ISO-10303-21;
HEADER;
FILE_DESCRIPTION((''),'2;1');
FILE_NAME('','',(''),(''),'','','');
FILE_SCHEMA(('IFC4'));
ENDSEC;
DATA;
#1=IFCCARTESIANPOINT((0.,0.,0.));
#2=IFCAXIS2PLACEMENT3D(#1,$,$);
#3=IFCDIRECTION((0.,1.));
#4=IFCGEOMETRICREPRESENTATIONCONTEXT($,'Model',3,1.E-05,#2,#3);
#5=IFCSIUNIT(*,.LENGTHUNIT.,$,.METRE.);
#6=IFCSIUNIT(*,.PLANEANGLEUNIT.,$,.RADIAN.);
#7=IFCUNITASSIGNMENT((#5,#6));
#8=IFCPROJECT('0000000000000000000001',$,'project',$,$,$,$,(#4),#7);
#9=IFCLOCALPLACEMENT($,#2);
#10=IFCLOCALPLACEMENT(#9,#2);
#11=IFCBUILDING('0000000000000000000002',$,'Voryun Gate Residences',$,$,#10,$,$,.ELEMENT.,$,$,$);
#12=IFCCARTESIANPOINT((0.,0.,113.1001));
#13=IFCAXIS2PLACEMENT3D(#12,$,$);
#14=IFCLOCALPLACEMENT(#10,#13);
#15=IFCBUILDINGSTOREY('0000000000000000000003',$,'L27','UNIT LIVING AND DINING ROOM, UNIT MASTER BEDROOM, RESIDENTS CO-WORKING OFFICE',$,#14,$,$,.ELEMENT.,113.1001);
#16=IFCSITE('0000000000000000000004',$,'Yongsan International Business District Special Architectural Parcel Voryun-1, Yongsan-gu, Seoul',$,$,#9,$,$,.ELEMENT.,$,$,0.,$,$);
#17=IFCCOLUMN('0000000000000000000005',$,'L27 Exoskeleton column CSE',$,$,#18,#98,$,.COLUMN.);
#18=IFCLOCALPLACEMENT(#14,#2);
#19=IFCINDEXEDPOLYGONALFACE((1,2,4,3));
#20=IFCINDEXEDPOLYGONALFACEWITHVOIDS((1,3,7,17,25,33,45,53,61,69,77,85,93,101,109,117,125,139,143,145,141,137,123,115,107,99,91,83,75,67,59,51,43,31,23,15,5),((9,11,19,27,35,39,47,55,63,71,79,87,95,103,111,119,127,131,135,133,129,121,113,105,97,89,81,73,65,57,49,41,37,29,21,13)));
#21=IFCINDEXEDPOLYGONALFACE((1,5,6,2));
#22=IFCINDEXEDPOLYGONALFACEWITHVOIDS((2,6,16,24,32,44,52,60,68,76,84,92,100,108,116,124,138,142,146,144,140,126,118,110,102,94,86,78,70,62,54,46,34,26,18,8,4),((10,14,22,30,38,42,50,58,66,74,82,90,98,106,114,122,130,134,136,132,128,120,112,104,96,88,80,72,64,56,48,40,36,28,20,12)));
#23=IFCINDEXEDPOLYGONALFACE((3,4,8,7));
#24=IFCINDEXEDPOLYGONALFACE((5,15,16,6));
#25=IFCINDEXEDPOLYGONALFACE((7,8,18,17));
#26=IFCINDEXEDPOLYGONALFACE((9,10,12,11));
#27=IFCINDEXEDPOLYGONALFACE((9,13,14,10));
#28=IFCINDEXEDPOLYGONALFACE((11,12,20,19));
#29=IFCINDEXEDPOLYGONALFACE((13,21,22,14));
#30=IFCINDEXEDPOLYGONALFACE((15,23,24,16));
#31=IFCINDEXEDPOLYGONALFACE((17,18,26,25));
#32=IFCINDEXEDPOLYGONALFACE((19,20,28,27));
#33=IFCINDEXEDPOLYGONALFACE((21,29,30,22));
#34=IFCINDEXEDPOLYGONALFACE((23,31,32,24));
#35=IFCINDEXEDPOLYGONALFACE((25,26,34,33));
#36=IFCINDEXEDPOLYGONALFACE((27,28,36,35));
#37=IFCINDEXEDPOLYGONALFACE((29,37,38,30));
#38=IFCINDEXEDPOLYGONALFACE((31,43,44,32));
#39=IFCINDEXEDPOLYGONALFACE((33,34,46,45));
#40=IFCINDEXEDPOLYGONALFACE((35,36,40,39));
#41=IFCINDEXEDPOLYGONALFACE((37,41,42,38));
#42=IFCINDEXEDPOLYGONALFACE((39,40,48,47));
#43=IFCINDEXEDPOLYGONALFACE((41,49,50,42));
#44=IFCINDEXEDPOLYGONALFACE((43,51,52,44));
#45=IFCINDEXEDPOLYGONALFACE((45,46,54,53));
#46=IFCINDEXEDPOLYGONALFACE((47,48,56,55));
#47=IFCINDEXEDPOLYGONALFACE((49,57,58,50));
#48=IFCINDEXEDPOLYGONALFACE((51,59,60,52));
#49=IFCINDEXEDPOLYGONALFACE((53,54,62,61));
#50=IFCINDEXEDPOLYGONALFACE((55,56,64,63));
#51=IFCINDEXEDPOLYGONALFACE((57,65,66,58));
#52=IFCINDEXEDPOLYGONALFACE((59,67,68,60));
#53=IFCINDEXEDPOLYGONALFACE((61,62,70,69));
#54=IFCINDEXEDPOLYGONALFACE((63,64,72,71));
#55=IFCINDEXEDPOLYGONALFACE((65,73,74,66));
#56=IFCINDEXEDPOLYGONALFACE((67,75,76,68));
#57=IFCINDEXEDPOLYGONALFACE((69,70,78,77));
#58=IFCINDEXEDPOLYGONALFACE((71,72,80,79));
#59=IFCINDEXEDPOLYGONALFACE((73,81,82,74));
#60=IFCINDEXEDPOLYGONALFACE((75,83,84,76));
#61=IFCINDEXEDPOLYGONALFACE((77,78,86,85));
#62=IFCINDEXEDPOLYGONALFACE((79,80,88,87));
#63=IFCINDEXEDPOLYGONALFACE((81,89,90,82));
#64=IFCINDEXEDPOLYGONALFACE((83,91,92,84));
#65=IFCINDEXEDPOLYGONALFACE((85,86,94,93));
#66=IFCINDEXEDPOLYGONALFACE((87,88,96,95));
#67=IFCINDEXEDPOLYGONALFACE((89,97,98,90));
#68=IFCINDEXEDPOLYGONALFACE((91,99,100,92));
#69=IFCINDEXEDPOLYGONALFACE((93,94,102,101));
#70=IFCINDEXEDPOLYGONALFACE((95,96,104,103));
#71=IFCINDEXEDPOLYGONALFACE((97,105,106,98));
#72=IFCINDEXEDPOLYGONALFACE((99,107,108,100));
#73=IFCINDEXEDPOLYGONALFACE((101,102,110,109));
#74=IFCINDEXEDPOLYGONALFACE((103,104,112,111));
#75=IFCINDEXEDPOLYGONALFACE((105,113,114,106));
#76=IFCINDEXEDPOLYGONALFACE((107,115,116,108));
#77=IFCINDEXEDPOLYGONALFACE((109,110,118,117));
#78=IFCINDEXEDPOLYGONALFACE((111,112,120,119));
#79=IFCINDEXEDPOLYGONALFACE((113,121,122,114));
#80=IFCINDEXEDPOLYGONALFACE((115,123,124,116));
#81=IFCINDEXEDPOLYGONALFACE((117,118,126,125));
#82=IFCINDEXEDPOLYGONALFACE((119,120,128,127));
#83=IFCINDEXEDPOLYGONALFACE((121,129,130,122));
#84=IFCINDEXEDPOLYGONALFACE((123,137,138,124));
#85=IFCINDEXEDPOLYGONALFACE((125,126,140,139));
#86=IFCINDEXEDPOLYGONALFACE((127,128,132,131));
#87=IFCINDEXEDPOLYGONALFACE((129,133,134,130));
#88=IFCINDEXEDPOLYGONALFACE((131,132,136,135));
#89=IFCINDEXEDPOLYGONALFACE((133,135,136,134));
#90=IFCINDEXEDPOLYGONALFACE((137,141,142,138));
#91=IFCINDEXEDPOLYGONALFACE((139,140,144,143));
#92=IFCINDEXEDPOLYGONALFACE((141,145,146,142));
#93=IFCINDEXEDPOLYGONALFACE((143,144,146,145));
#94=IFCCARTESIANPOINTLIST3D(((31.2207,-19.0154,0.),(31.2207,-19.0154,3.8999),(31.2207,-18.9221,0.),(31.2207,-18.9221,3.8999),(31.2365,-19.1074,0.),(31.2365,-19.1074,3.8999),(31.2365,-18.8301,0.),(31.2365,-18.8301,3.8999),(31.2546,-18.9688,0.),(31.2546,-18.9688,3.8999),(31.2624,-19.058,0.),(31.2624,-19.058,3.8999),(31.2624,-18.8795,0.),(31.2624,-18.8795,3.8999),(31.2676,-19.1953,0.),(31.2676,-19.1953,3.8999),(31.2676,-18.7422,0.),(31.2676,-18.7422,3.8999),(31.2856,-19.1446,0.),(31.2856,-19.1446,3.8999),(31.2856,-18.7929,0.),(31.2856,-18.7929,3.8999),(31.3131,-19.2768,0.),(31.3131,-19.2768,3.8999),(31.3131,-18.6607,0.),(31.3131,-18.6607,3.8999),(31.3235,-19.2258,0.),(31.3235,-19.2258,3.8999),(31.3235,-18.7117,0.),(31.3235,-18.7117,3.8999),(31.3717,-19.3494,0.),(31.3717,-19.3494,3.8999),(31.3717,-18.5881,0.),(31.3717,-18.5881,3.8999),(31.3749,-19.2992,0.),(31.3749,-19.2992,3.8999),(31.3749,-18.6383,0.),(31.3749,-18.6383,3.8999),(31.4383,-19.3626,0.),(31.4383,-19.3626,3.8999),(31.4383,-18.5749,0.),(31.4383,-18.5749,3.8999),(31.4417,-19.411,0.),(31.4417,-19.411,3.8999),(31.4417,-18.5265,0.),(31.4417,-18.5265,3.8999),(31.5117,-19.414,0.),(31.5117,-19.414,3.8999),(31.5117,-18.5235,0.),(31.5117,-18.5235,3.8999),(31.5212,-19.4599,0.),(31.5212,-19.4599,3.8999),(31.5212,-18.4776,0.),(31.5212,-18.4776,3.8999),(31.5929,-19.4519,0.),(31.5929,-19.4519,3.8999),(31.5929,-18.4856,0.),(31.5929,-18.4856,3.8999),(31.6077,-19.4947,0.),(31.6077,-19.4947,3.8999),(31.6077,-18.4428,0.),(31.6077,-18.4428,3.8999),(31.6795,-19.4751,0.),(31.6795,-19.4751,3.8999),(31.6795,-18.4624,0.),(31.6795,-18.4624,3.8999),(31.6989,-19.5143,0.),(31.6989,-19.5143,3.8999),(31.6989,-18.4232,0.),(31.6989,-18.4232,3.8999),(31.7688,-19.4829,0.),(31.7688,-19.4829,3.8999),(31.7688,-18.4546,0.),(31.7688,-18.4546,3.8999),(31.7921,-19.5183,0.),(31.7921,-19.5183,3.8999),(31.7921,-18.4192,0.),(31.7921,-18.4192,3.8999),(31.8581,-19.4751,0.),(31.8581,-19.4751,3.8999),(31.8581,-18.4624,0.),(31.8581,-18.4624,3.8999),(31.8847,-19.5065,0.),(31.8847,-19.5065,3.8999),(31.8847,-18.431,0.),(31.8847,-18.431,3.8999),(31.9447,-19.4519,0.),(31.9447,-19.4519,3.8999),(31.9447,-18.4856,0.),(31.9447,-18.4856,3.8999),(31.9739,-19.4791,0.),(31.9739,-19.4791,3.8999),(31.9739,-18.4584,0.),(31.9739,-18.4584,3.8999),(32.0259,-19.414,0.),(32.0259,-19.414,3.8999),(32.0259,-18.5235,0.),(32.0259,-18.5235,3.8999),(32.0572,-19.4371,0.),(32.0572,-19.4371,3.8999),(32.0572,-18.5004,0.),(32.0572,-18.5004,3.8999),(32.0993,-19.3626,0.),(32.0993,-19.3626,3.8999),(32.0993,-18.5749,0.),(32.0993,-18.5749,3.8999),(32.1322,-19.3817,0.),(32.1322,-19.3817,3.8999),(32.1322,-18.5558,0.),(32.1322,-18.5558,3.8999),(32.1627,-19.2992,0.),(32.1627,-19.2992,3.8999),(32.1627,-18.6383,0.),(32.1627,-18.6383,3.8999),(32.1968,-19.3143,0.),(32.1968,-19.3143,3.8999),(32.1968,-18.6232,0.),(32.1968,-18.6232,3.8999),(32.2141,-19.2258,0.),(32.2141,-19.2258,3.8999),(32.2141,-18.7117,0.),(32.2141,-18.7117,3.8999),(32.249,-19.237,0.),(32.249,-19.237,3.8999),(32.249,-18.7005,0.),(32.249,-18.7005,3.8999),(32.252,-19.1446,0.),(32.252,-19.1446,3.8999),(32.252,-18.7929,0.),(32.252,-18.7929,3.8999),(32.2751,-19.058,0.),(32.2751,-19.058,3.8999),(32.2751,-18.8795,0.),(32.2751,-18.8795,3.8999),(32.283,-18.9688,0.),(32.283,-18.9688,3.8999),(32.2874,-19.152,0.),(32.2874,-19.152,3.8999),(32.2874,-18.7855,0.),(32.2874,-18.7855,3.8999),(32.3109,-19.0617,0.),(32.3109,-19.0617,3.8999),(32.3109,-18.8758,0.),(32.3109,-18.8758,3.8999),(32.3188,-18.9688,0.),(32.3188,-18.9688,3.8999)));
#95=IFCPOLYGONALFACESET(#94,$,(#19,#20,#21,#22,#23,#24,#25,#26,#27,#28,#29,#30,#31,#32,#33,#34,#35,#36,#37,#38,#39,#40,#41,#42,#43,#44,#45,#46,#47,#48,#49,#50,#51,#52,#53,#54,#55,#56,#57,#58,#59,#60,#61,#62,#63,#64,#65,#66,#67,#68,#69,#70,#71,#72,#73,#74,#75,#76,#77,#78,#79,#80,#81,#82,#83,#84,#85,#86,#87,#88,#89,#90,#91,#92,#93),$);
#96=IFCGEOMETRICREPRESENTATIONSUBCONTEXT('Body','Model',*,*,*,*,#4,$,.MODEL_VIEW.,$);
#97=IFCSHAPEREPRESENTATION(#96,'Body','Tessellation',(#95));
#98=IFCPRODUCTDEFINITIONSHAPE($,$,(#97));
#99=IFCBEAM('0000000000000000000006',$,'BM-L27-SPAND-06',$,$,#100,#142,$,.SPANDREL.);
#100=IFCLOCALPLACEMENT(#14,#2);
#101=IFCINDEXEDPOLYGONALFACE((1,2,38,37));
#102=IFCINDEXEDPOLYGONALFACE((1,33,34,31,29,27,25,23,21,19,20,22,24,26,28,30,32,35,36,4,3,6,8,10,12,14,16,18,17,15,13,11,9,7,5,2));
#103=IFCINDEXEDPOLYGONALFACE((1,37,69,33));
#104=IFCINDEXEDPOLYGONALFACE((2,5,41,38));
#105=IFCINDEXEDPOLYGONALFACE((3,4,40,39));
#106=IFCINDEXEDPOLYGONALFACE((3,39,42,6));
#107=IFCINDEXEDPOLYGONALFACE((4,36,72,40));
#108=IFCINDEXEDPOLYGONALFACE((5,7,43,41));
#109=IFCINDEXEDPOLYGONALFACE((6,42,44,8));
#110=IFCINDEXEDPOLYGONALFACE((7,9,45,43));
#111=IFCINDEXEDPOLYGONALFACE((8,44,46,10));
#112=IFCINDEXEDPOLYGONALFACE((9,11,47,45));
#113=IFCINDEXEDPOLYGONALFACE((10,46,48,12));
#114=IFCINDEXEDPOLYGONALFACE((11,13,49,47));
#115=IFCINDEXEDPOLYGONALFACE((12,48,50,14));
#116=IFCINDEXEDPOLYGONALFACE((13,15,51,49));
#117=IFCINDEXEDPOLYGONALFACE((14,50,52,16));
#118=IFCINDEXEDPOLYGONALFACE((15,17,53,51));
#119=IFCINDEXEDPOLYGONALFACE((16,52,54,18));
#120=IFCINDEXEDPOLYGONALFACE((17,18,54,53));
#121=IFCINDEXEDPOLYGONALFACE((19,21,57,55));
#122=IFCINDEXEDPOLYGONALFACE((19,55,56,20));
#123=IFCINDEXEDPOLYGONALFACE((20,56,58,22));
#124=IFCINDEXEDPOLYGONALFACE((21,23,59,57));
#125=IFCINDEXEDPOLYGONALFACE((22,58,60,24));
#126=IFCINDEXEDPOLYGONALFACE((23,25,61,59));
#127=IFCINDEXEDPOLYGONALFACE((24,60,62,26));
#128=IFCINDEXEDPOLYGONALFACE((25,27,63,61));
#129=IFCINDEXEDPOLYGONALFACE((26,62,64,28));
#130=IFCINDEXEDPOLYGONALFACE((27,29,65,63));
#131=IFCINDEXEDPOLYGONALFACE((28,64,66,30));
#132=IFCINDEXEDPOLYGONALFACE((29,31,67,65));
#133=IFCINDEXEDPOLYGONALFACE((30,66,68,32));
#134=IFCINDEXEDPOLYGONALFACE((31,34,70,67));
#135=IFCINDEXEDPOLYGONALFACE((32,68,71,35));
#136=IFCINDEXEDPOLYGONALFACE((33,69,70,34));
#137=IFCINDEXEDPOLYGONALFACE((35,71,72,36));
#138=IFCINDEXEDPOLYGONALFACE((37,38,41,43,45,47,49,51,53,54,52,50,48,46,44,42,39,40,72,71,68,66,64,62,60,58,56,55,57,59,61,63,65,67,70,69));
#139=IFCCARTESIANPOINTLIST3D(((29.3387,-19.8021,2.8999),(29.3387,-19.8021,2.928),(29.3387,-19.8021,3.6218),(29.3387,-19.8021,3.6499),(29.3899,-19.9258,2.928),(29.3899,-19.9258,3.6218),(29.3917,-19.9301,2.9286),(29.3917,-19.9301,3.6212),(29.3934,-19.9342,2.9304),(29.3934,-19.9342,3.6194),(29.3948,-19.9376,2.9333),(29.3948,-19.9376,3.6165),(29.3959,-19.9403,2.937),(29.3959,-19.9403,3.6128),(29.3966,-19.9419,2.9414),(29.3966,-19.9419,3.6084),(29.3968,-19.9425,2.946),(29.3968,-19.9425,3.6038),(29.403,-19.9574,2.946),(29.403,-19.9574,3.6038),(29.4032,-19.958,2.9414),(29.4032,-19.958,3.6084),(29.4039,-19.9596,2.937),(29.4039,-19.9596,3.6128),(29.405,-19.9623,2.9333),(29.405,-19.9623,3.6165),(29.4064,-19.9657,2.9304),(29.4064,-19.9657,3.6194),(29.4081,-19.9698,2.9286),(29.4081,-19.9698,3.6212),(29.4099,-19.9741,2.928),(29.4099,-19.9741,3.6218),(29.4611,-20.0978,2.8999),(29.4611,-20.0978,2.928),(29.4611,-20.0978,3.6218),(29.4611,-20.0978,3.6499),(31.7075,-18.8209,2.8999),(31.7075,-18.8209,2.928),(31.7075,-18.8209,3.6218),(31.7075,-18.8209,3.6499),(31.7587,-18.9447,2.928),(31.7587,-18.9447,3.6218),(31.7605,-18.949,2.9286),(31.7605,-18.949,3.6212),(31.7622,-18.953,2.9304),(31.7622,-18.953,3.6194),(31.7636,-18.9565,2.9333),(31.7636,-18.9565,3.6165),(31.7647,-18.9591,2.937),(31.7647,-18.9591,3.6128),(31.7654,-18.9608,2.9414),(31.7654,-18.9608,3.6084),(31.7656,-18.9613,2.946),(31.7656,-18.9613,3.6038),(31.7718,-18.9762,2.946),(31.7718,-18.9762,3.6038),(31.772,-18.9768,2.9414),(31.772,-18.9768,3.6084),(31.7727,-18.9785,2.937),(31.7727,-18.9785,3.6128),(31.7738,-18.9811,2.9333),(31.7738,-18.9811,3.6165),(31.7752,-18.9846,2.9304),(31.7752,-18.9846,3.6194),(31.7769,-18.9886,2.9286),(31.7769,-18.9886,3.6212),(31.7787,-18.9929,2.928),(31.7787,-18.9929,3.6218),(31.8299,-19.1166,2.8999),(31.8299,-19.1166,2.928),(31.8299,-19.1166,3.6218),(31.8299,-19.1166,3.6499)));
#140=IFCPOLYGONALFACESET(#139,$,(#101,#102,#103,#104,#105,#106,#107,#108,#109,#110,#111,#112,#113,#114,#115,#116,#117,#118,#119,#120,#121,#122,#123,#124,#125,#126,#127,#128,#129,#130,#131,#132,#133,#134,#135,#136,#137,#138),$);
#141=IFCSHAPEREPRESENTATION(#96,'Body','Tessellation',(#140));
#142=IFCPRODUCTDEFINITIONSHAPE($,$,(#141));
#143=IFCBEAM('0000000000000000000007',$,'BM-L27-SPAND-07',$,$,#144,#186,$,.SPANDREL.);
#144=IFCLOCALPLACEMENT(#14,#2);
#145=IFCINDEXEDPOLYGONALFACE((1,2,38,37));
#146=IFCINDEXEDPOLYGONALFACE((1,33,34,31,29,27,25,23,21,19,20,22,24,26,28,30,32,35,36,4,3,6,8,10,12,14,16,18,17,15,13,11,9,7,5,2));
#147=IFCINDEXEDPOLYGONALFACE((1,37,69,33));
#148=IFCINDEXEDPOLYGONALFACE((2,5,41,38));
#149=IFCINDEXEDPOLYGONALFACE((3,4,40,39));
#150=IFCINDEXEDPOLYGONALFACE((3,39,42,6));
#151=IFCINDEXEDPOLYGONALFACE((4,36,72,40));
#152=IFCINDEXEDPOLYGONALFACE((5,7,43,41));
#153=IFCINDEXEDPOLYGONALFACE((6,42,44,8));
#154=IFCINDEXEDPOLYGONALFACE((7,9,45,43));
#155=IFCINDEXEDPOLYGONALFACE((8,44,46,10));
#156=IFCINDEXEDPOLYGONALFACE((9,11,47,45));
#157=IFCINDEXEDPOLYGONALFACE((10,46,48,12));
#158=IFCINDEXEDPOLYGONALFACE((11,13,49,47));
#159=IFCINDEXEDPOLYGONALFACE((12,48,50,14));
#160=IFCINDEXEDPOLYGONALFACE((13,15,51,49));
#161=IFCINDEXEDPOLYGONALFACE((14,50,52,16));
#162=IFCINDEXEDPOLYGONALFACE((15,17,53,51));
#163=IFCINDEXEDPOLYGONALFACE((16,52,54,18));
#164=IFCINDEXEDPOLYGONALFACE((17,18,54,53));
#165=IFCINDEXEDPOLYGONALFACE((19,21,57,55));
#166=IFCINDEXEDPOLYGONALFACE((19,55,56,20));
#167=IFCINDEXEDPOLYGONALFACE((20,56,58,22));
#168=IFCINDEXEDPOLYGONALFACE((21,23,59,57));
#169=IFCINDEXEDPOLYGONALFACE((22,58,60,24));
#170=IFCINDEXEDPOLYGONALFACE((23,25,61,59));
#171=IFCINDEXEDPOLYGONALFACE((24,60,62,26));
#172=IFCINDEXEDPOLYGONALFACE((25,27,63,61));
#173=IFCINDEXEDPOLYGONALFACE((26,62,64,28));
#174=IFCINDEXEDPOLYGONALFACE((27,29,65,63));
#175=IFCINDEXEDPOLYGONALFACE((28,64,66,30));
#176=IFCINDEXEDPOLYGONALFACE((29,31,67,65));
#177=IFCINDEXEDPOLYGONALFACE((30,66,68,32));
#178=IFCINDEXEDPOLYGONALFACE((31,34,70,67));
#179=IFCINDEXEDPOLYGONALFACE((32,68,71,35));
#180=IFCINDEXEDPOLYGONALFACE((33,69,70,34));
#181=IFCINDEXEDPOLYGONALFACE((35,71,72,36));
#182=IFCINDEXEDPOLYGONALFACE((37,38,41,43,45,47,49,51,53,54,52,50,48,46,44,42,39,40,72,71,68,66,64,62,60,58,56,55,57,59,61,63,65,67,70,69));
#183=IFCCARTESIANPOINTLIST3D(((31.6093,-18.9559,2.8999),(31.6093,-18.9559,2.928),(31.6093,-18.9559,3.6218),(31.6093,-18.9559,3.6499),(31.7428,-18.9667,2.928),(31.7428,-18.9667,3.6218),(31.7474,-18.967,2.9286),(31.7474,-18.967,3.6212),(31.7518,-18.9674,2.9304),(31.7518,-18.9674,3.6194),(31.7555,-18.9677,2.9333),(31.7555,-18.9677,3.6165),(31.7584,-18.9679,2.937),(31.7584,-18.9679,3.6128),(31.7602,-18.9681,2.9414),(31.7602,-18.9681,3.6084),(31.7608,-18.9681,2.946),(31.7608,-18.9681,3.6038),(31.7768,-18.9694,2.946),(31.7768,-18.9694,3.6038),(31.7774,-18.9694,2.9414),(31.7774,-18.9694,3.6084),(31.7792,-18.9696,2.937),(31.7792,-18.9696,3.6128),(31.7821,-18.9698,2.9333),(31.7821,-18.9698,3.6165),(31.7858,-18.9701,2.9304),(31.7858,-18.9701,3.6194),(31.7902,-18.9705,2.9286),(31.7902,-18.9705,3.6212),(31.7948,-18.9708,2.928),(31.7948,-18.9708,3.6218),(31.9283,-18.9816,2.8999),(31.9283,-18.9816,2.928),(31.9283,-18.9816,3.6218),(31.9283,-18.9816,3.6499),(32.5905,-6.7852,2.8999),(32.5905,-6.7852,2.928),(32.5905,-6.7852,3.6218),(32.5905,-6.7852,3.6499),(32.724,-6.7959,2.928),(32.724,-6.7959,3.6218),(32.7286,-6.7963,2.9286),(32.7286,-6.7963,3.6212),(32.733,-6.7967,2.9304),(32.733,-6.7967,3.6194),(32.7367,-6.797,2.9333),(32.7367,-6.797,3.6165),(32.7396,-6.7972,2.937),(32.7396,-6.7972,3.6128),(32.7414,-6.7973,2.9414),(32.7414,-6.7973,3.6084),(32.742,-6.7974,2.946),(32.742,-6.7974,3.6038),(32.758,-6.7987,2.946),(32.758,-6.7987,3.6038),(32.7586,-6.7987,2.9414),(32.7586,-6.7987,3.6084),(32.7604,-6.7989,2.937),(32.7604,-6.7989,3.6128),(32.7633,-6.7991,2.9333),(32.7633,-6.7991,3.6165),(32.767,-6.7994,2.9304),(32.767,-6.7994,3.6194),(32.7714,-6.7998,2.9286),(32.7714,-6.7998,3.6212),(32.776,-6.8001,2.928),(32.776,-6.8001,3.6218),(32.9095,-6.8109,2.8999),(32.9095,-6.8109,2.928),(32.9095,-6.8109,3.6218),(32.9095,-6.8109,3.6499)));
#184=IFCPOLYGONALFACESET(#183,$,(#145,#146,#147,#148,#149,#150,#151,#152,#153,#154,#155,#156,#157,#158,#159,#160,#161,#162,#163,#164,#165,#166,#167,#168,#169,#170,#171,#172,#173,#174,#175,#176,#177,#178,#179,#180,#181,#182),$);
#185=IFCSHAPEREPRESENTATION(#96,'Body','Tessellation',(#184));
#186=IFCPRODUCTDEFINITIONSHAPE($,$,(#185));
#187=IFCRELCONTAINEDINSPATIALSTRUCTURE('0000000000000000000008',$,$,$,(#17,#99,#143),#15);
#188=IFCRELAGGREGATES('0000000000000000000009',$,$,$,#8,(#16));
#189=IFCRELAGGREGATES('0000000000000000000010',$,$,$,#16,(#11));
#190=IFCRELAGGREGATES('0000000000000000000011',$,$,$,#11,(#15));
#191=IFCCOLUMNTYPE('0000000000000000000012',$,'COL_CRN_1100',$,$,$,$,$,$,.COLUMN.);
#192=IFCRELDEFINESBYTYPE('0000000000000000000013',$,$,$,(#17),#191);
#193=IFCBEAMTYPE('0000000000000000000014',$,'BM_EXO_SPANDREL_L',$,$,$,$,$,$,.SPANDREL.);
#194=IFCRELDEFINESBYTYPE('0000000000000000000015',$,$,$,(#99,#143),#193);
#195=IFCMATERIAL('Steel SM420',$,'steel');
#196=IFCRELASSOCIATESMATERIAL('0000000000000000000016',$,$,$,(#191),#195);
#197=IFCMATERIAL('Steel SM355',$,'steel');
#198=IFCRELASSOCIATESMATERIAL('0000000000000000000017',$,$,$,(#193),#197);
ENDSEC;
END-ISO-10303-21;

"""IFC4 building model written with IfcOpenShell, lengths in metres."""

from ifc_helpers import new_model, si_unit, direction, frame, origin, origin_2d, place, context, subcontext, project, spatial, hollow_circle, i_section, extrude, material, material_profile, profile_set, type_object, element, save


model = new_model("IFC4")

# Units and contexts
model_context = context("Model", 3, precision=1e-05, world=origin(), true_north=direction((0.0, 1.0)))
body_context = subcontext(model_context, "Body", "Model", "MODEL_VIEW")
ifc_project = project(units=[si_unit("LENGTHUNIT", "METRE"), si_unit("PLANEANGLEUNIT", "RADIAN")], contexts=[model_context])

# Site, building, storey
site_placement = place(None, origin())
site = spatial("IfcSite", under=ifc_project, at=site_placement, Name="Yongsan International Business District Special Architectural Parcel Voryun-1, Yongsan-gu, Seoul", CompositionType="ELEMENT", RefElevation=0.0)
building_placement = place(site_placement, origin())
building = spatial("IfcBuilding", under=site, at=building_placement, Name="Voryun Gate Residences", CompositionType="ELEMENT")
storey_placement = place(building_placement, frame((0.0, 0.0, 113.1001)))
storey = spatial("IfcBuildingStorey", under=building, at=storey_placement, Name="L27", Description="UNIT LIVING AND DINING ROOM, UNIT MASTER BEDROOM, RESIDENTS CO-WORKING OFFICE", CompositionType="ELEMENT", Elevation=113.1001)

# Column
ifc_material_1 = material(Name="Steel SM420", Category="steel")
ifc_material_profile_1 = material_profile(ifc_material_1, hollow_circle(Radius=0.55, WallThickness=0.0359, at=origin_2d()), Name="CHS-1100x36")
ifc_profile_set_1 = profile_set([ifc_material_profile_1], Name="Steel SM420")
column_type = type_object("IfcColumnType", Name="COL_CRN_1100", PredefinedType="COLUMN", material=ifc_profile_set_1)
column_placement = place(storey_placement, frame((31.7688, -18.9688, 0.0), z_axis=(0.0, 0.0, 1.0), x_axis=(1.0, 0.0, 0.0)))
element("IfcColumn", 1, at=column_placement, inside=storey, type_object=column_type, Name="L27 Exoskeleton column CSE", PredefinedType="COLUMN", context=body_context, shape_type="SweptSolid", body=[
    extrude(hollow_circle(Radius=0.55, WallThickness=0.0359, at=origin_2d()), origin(), (0.0, 0.0, 1.0), 3.8999),
])

# Beams
ifc_material_2 = material(Name="Steel SM355", Category="steel")
ifc_material_profile_2 = material_profile(ifc_material_2, i_section(OverallWidth=0.3201, OverallDepth=0.75, WebThickness=0.0161, FlangeThickness=0.0281, FilletRadius=0.0181, at=origin_2d()), Name="H-750x320x16x28")
ifc_profile_set_2 = profile_set([ifc_material_profile_2], Name="Steel SM355")
beam_type = type_object("IfcBeamType", Name="BM_EXO_SPANDREL_L", PredefinedType="SPANDREL", material=ifc_profile_set_2)
beam_1_placement = place(storey_placement, frame((29.3999, -19.95, 3.2749), z_axis=(0.923883, 0.382674, 0.0), x_axis=(-0.382674, 0.923883, 0.0)))
element("IfcBeam", 2, at=beam_1_placement, inside=storey, type_object=beam_type, Name="BM-L27-SPAND-06", PredefinedType="SPANDREL", context=body_context, shape_type="SweptSolid", body=[
    extrude(i_section(OverallWidth=0.3201, OverallDepth=0.75, WebThickness=0.0161, FlangeThickness=0.0281, FilletRadius=0.0181, at=origin_2d()), origin(), (0.0, 0.0, 1.0), 2.564),
])
beam_2_placement = place(storey_placement, frame((31.7688, -18.9688, 3.2749), z_axis=(0.08036, 0.996766, 0.0), x_axis=(-0.996766, 0.08036, 0.0)))
element("IfcBeam", 3, at=beam_2_placement, inside=storey, type_object=beam_type, Name="BM-L27-SPAND-07", PredefinedType="SPANDREL", context=body_context, shape_type="SweptSolid", body=[
    extrude(i_section(OverallWidth=0.3201, OverallDepth=0.75, WebThickness=0.0161, FlangeThickness=0.0281, FilletRadius=0.0181, at=origin_2d()), origin(), (0.0, 0.0, 1.0), 12.2102),
])

save(model, "model.ifc")
